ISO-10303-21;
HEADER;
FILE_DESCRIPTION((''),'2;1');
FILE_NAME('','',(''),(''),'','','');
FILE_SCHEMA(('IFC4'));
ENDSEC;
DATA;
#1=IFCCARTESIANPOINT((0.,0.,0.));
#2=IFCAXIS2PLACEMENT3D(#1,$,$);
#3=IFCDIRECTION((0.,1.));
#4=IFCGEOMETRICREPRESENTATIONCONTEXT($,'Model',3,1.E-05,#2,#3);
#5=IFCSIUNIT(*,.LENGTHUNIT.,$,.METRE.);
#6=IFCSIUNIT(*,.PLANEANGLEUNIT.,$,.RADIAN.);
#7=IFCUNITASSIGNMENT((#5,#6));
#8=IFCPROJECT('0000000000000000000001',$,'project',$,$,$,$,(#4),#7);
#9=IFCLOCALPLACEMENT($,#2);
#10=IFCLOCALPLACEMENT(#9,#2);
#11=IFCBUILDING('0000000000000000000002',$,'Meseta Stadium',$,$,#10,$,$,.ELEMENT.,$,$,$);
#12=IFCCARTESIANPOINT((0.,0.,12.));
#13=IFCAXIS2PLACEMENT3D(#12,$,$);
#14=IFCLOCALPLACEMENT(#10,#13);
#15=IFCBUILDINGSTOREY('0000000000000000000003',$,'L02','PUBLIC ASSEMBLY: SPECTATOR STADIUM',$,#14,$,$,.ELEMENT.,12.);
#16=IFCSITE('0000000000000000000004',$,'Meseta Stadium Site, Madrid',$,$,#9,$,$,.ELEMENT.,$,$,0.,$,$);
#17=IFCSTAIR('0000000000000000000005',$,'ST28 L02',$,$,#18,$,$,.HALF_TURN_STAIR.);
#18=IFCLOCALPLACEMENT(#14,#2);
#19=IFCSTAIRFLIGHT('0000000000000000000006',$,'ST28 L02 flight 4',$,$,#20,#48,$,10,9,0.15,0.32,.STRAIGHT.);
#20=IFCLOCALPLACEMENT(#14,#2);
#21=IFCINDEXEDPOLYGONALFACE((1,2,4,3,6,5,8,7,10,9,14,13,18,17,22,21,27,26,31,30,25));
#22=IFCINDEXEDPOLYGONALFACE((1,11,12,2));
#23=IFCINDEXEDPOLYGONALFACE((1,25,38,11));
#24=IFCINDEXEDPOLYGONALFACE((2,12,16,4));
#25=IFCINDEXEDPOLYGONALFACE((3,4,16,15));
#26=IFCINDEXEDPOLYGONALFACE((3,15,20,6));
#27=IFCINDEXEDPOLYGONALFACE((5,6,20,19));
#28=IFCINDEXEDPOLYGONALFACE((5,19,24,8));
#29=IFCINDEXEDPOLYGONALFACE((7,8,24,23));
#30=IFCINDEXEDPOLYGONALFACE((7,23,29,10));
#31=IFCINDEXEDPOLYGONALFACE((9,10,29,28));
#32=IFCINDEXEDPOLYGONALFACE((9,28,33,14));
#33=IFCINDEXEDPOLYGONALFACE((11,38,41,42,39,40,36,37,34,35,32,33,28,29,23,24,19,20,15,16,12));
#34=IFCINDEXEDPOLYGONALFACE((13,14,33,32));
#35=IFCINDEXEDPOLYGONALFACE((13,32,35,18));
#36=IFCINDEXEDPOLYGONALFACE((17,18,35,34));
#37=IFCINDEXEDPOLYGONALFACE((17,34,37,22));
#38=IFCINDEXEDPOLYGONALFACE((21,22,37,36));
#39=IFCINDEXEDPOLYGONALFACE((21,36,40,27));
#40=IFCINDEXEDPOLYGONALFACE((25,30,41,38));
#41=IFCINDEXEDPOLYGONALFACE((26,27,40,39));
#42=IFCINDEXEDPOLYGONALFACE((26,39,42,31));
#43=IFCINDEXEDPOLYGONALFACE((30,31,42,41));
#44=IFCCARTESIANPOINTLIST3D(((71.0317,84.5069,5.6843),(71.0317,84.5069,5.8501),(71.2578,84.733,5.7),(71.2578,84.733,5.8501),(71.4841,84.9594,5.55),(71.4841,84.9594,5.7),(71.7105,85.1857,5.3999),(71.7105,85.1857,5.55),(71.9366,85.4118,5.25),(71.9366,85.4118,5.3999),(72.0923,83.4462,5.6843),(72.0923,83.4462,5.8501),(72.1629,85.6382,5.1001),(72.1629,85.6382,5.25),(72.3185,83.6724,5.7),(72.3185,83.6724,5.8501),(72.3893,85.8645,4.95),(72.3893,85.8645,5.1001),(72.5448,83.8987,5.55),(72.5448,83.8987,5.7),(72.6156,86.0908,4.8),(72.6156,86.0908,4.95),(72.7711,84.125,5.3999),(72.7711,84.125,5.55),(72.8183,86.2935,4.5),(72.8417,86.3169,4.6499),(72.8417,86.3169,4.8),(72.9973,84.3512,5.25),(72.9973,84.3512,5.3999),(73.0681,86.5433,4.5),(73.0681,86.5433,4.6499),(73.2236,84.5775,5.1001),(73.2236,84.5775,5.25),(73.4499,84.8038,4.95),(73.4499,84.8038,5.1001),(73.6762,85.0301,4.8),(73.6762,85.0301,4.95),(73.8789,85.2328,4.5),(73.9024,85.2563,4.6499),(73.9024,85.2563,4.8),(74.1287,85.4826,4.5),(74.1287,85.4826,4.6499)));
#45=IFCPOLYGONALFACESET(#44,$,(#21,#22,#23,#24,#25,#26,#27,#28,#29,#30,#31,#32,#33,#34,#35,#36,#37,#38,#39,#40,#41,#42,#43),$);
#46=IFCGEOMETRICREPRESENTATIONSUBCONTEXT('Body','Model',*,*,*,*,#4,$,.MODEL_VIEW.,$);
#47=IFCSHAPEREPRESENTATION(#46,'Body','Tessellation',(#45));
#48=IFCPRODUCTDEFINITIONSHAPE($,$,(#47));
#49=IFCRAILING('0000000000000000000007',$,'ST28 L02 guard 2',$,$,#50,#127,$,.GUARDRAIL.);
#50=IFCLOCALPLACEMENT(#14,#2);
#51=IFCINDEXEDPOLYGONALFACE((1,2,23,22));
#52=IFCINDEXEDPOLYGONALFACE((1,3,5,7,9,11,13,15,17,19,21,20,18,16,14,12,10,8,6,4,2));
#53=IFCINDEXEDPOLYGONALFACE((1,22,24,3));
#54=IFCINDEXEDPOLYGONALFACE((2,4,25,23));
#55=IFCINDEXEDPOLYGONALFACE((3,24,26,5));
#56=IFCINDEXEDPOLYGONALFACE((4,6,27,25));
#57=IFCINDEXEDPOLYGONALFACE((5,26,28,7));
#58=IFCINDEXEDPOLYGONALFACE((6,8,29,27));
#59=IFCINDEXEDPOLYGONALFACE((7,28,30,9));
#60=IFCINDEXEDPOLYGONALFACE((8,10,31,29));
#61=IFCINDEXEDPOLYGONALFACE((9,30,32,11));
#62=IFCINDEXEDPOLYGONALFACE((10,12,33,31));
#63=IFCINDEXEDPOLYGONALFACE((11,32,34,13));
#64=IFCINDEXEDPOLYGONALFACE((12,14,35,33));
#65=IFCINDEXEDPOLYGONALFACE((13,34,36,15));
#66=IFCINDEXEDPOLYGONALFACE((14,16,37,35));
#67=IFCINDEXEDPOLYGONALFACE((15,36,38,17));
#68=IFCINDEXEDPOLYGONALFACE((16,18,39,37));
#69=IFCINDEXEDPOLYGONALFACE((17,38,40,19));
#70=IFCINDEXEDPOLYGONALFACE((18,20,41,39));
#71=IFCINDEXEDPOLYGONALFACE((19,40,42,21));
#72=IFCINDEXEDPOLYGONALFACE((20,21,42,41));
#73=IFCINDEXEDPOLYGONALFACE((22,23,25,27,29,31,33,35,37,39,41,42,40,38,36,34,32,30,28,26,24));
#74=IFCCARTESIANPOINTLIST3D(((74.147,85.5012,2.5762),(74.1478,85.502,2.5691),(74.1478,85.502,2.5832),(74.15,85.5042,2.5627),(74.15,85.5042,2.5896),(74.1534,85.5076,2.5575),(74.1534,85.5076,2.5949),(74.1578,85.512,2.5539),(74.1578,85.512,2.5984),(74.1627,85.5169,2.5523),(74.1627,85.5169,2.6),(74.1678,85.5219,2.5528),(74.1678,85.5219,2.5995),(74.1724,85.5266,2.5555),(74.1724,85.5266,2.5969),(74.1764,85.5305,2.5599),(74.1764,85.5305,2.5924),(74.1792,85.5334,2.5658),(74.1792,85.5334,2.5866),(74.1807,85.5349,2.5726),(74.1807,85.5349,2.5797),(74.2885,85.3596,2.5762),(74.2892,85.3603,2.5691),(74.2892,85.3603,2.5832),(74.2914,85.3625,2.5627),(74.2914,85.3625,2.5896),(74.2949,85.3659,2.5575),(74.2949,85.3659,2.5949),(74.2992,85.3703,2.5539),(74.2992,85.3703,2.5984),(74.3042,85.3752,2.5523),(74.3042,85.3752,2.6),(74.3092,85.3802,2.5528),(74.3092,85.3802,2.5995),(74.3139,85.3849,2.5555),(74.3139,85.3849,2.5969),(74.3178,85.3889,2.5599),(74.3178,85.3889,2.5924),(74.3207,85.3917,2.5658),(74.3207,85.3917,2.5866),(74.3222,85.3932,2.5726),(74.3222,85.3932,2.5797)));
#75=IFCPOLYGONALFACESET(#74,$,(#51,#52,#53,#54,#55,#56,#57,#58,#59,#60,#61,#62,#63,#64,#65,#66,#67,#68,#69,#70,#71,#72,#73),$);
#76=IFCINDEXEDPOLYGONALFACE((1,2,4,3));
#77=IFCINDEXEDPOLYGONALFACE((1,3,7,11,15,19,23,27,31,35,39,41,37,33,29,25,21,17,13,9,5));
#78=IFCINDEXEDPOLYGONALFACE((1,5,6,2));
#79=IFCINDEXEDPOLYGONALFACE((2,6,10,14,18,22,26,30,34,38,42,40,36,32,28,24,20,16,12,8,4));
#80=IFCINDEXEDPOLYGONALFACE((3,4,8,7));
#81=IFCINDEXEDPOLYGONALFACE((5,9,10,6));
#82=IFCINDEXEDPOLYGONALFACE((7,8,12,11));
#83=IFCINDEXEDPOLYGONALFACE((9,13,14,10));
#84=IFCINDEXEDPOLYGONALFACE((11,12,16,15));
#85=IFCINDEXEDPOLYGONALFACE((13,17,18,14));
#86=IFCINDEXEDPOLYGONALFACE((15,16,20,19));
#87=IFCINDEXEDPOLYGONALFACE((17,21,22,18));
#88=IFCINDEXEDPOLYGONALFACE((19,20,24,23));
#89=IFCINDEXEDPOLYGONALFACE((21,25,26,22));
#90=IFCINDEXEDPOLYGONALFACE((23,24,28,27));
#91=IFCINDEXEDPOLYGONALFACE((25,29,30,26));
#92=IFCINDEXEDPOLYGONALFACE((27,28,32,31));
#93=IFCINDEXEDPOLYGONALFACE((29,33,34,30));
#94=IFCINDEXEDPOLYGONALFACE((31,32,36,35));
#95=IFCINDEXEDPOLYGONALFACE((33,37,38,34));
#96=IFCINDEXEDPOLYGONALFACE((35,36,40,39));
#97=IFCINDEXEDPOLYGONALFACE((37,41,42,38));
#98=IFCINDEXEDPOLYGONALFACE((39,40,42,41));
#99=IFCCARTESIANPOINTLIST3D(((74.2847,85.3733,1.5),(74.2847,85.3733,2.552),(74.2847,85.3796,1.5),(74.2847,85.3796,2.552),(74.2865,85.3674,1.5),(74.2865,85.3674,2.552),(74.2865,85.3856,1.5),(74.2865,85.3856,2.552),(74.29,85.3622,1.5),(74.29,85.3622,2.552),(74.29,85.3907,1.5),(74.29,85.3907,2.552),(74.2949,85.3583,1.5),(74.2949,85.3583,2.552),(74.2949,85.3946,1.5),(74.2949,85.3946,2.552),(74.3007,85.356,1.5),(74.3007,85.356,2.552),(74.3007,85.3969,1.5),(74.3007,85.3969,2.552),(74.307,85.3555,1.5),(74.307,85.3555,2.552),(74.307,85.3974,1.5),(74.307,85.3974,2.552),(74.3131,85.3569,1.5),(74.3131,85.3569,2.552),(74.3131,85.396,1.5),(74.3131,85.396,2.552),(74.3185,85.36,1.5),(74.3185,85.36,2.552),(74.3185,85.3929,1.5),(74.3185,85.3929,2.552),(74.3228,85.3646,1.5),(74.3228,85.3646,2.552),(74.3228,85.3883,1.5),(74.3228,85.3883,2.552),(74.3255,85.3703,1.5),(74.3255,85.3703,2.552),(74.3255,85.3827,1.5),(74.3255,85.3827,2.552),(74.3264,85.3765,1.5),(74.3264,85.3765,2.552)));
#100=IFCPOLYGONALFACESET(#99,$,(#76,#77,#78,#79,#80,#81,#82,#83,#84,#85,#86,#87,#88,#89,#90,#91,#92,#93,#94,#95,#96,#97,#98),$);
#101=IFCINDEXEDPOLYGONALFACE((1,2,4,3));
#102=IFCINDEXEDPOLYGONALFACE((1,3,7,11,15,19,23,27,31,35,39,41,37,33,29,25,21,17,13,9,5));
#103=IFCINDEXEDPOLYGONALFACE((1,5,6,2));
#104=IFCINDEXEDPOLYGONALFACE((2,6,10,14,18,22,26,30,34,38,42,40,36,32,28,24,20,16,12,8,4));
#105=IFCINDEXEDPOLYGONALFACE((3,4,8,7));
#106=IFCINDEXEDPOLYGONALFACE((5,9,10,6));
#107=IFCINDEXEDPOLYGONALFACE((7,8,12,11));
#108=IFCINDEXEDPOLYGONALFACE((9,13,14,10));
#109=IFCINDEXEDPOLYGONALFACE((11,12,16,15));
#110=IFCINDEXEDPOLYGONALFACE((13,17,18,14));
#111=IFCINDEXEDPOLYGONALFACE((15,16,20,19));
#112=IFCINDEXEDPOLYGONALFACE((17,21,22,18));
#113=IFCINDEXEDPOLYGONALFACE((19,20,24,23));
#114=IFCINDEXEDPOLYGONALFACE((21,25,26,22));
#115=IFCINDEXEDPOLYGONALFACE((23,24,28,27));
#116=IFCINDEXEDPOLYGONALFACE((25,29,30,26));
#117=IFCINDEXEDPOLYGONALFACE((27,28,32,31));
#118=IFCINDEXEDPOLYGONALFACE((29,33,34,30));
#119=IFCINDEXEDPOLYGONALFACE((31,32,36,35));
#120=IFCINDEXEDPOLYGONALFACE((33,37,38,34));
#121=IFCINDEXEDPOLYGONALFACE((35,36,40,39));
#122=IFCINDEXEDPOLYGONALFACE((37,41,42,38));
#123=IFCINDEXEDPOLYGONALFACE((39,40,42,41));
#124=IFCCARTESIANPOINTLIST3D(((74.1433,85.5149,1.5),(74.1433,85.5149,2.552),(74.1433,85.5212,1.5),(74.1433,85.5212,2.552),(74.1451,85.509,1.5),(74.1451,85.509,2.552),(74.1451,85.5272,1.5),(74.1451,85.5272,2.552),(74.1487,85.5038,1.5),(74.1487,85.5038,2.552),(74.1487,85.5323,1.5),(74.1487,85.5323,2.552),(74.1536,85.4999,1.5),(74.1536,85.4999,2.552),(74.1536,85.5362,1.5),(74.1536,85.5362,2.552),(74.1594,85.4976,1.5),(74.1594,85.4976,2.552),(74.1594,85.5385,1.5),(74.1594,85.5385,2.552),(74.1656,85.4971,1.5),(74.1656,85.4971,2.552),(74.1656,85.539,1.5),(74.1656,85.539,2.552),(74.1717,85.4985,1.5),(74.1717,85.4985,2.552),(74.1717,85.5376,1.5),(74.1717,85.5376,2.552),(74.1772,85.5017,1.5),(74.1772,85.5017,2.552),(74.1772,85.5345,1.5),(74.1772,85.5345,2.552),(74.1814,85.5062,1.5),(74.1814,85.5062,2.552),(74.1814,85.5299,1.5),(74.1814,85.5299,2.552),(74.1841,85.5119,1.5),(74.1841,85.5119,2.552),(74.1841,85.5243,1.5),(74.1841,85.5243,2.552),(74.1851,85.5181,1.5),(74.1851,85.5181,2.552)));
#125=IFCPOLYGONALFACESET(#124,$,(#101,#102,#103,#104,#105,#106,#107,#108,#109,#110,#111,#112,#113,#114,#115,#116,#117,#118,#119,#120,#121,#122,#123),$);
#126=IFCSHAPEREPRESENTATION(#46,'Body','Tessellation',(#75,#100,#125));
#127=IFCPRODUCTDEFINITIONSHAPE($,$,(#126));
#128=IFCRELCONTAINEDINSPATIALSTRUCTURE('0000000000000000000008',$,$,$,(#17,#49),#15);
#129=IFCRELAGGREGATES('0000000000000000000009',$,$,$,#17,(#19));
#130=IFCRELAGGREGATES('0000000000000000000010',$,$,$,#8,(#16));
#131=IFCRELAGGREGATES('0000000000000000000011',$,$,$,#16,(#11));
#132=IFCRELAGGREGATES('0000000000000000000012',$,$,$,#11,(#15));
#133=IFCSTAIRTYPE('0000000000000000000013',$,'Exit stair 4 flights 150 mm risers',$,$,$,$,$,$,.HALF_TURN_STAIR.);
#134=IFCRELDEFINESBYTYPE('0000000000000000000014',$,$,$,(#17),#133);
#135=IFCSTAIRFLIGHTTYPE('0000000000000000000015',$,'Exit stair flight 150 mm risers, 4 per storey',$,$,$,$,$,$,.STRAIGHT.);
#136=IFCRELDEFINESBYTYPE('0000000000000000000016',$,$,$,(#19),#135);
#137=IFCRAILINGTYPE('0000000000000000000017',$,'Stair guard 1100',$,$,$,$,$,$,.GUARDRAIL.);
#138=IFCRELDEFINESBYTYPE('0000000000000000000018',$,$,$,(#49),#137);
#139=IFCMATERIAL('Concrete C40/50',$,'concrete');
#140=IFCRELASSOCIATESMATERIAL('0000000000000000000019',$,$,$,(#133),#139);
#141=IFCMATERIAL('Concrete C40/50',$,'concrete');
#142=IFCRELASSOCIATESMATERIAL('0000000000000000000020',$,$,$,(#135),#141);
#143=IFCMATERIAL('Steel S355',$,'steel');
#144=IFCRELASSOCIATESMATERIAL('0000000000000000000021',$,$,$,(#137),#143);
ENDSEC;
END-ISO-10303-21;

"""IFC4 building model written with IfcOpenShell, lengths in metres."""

from ifc_helpers import new_model, si_unit, direction, frame, origin, origin_2d, place, context, subcontext, project, spatial, polyline, circle, outline, extrude, material, type_object, element, aggregate, save


model = new_model("IFC4")

# Units and contexts
model_context = context("Model", 3, precision=1e-05, world=origin(), true_north=direction((0.0, 1.0)))
body_context = subcontext(model_context, "Body", "Model", "MODEL_VIEW")
ifc_project = project(units=[si_unit("LENGTHUNIT", "METRE"), si_unit("PLANEANGLEUNIT", "RADIAN")], contexts=[model_context])

# Site, building, storey
site_placement = place(None, origin())
site = spatial("IfcSite", under=ifc_project, at=site_placement, Name="Meseta Stadium Site, Madrid", CompositionType="ELEMENT", RefElevation=0.0)
building_placement = place(site_placement, origin())
building = spatial("IfcBuilding", under=site, at=building_placement, Name="Meseta Stadium", CompositionType="ELEMENT")
storey_placement = place(building_placement, frame((0.0, 0.0, 12.0)))
storey = spatial("IfcBuildingStorey", under=building, at=storey_placement, Name="L02", Description="PUBLIC ASSEMBLY: SPECTATOR STADIUM", CompositionType="ELEMENT", Elevation=12.0)

# Stair, stair flight
ifc_material_1 = material(Name="Concrete C40/50", Category="concrete")
stair_type = type_object("IfcStairType", Name="Exit stair 4 flights 150 mm risers", PredefinedType="HALF_TURN_STAIR", material=ifc_material_1)
ifc_material_2 = material(Name="Concrete C40/50", Category="concrete")
stair_flight_type = type_object("IfcStairFlightType", Name="Exit stair flight 150 mm risers, 4 per storey", PredefinedType="STRAIGHT", material=ifc_material_2)
stair_1_placement = place(storey_placement, origin())
stair_1 = element("IfcStair", 1, at=stair_1_placement, inside=storey, type_object=stair_type, Name="ST28 L02", PredefinedType="HALF_TURN_STAIR")
stair_flight_1_placement = place(storey_placement, frame((73.5984, 86.0129, 4.5), z_axis=(0.0, 0.0, 1.0), x_axis=(-0.707107, -0.707107, 0.0)))
stair_flight_1 = element("IfcStairFlight", 2, at=stair_flight_1_placement, type_object=stair_flight_type, Name="ST28 L02 flight 4", NumberOfRisers=10, NumberOfTreads=9, PredefinedType="STRAIGHT", RiserHeight=0.15, TreadLength=0.32, context=body_context, shape_type="SweptSolid", body=[
    extrude(outline(polyline([(0.0, 0.0), (0.0, 0.1499), (0.3201, 0.1499), (0.3201, 0.3), (0.6399, 0.3), (0.6399, 0.45), (0.96, 0.45), (0.96, 0.6001), (1.28, 0.6001), (1.28, 0.75), (1.6001, 0.75), (1.6001, 0.8999), (1.9199, 0.8999), (1.9199, 1.05), (2.24, 1.05), (2.24, 1.2), (2.5601, 1.2), (2.5601, 1.3501), (2.8799, 1.3501), (2.8799, 1.1843), (0.3533, 0.0), (0.0, 0.0)])), frame((0.0, 0.75, 0.0), z_axis=(0.0, -1.0, 0.0), x_axis=(1.0, 0.0, 0.0)), (0.0, 0.0, 1.0), 1.5),
])
aggregate(stair_1, [stair_flight_1])

# Railing
ifc_material_3 = material(Name="Steel S355", Category="steel")
railing_type_1 = type_object("IfcRailingType", Name="Stair guard 1100", PredefinedType="GUARDRAIL", material=ifc_material_3)
railing_1_placement = place(storey_placement, frame((74.3054, 85.3765, 1.5)))
element("IfcRailing", 3, at=railing_1_placement, inside=storey, type_object=railing_type_1, Name="ST28 L02 guard 2", PredefinedType="GUARDRAIL", context=body_context, shape_type="SweptSolid", body=[
    extrude(circle(Radius=0.0239, at=origin_2d()), frame((0.0, 0.0, 1.0762), z_axis=(-0.706496, 0.707717, 0.0), x_axis=(-0.707717, -0.706496, 0.0)), (0.0, 0.0, 1.0), 0.2002),
    extrude(circle(Radius=0.021, at=origin_2d()), origin(), (0.0, 0.0, 1.0), 1.052),
    extrude(circle(Radius=0.021, at=origin_2d()), frame((-0.1414, 0.1416, 0.0)), (0.0, 0.0, 1.0), 1.052),
])

save(model, "model.ifc")
